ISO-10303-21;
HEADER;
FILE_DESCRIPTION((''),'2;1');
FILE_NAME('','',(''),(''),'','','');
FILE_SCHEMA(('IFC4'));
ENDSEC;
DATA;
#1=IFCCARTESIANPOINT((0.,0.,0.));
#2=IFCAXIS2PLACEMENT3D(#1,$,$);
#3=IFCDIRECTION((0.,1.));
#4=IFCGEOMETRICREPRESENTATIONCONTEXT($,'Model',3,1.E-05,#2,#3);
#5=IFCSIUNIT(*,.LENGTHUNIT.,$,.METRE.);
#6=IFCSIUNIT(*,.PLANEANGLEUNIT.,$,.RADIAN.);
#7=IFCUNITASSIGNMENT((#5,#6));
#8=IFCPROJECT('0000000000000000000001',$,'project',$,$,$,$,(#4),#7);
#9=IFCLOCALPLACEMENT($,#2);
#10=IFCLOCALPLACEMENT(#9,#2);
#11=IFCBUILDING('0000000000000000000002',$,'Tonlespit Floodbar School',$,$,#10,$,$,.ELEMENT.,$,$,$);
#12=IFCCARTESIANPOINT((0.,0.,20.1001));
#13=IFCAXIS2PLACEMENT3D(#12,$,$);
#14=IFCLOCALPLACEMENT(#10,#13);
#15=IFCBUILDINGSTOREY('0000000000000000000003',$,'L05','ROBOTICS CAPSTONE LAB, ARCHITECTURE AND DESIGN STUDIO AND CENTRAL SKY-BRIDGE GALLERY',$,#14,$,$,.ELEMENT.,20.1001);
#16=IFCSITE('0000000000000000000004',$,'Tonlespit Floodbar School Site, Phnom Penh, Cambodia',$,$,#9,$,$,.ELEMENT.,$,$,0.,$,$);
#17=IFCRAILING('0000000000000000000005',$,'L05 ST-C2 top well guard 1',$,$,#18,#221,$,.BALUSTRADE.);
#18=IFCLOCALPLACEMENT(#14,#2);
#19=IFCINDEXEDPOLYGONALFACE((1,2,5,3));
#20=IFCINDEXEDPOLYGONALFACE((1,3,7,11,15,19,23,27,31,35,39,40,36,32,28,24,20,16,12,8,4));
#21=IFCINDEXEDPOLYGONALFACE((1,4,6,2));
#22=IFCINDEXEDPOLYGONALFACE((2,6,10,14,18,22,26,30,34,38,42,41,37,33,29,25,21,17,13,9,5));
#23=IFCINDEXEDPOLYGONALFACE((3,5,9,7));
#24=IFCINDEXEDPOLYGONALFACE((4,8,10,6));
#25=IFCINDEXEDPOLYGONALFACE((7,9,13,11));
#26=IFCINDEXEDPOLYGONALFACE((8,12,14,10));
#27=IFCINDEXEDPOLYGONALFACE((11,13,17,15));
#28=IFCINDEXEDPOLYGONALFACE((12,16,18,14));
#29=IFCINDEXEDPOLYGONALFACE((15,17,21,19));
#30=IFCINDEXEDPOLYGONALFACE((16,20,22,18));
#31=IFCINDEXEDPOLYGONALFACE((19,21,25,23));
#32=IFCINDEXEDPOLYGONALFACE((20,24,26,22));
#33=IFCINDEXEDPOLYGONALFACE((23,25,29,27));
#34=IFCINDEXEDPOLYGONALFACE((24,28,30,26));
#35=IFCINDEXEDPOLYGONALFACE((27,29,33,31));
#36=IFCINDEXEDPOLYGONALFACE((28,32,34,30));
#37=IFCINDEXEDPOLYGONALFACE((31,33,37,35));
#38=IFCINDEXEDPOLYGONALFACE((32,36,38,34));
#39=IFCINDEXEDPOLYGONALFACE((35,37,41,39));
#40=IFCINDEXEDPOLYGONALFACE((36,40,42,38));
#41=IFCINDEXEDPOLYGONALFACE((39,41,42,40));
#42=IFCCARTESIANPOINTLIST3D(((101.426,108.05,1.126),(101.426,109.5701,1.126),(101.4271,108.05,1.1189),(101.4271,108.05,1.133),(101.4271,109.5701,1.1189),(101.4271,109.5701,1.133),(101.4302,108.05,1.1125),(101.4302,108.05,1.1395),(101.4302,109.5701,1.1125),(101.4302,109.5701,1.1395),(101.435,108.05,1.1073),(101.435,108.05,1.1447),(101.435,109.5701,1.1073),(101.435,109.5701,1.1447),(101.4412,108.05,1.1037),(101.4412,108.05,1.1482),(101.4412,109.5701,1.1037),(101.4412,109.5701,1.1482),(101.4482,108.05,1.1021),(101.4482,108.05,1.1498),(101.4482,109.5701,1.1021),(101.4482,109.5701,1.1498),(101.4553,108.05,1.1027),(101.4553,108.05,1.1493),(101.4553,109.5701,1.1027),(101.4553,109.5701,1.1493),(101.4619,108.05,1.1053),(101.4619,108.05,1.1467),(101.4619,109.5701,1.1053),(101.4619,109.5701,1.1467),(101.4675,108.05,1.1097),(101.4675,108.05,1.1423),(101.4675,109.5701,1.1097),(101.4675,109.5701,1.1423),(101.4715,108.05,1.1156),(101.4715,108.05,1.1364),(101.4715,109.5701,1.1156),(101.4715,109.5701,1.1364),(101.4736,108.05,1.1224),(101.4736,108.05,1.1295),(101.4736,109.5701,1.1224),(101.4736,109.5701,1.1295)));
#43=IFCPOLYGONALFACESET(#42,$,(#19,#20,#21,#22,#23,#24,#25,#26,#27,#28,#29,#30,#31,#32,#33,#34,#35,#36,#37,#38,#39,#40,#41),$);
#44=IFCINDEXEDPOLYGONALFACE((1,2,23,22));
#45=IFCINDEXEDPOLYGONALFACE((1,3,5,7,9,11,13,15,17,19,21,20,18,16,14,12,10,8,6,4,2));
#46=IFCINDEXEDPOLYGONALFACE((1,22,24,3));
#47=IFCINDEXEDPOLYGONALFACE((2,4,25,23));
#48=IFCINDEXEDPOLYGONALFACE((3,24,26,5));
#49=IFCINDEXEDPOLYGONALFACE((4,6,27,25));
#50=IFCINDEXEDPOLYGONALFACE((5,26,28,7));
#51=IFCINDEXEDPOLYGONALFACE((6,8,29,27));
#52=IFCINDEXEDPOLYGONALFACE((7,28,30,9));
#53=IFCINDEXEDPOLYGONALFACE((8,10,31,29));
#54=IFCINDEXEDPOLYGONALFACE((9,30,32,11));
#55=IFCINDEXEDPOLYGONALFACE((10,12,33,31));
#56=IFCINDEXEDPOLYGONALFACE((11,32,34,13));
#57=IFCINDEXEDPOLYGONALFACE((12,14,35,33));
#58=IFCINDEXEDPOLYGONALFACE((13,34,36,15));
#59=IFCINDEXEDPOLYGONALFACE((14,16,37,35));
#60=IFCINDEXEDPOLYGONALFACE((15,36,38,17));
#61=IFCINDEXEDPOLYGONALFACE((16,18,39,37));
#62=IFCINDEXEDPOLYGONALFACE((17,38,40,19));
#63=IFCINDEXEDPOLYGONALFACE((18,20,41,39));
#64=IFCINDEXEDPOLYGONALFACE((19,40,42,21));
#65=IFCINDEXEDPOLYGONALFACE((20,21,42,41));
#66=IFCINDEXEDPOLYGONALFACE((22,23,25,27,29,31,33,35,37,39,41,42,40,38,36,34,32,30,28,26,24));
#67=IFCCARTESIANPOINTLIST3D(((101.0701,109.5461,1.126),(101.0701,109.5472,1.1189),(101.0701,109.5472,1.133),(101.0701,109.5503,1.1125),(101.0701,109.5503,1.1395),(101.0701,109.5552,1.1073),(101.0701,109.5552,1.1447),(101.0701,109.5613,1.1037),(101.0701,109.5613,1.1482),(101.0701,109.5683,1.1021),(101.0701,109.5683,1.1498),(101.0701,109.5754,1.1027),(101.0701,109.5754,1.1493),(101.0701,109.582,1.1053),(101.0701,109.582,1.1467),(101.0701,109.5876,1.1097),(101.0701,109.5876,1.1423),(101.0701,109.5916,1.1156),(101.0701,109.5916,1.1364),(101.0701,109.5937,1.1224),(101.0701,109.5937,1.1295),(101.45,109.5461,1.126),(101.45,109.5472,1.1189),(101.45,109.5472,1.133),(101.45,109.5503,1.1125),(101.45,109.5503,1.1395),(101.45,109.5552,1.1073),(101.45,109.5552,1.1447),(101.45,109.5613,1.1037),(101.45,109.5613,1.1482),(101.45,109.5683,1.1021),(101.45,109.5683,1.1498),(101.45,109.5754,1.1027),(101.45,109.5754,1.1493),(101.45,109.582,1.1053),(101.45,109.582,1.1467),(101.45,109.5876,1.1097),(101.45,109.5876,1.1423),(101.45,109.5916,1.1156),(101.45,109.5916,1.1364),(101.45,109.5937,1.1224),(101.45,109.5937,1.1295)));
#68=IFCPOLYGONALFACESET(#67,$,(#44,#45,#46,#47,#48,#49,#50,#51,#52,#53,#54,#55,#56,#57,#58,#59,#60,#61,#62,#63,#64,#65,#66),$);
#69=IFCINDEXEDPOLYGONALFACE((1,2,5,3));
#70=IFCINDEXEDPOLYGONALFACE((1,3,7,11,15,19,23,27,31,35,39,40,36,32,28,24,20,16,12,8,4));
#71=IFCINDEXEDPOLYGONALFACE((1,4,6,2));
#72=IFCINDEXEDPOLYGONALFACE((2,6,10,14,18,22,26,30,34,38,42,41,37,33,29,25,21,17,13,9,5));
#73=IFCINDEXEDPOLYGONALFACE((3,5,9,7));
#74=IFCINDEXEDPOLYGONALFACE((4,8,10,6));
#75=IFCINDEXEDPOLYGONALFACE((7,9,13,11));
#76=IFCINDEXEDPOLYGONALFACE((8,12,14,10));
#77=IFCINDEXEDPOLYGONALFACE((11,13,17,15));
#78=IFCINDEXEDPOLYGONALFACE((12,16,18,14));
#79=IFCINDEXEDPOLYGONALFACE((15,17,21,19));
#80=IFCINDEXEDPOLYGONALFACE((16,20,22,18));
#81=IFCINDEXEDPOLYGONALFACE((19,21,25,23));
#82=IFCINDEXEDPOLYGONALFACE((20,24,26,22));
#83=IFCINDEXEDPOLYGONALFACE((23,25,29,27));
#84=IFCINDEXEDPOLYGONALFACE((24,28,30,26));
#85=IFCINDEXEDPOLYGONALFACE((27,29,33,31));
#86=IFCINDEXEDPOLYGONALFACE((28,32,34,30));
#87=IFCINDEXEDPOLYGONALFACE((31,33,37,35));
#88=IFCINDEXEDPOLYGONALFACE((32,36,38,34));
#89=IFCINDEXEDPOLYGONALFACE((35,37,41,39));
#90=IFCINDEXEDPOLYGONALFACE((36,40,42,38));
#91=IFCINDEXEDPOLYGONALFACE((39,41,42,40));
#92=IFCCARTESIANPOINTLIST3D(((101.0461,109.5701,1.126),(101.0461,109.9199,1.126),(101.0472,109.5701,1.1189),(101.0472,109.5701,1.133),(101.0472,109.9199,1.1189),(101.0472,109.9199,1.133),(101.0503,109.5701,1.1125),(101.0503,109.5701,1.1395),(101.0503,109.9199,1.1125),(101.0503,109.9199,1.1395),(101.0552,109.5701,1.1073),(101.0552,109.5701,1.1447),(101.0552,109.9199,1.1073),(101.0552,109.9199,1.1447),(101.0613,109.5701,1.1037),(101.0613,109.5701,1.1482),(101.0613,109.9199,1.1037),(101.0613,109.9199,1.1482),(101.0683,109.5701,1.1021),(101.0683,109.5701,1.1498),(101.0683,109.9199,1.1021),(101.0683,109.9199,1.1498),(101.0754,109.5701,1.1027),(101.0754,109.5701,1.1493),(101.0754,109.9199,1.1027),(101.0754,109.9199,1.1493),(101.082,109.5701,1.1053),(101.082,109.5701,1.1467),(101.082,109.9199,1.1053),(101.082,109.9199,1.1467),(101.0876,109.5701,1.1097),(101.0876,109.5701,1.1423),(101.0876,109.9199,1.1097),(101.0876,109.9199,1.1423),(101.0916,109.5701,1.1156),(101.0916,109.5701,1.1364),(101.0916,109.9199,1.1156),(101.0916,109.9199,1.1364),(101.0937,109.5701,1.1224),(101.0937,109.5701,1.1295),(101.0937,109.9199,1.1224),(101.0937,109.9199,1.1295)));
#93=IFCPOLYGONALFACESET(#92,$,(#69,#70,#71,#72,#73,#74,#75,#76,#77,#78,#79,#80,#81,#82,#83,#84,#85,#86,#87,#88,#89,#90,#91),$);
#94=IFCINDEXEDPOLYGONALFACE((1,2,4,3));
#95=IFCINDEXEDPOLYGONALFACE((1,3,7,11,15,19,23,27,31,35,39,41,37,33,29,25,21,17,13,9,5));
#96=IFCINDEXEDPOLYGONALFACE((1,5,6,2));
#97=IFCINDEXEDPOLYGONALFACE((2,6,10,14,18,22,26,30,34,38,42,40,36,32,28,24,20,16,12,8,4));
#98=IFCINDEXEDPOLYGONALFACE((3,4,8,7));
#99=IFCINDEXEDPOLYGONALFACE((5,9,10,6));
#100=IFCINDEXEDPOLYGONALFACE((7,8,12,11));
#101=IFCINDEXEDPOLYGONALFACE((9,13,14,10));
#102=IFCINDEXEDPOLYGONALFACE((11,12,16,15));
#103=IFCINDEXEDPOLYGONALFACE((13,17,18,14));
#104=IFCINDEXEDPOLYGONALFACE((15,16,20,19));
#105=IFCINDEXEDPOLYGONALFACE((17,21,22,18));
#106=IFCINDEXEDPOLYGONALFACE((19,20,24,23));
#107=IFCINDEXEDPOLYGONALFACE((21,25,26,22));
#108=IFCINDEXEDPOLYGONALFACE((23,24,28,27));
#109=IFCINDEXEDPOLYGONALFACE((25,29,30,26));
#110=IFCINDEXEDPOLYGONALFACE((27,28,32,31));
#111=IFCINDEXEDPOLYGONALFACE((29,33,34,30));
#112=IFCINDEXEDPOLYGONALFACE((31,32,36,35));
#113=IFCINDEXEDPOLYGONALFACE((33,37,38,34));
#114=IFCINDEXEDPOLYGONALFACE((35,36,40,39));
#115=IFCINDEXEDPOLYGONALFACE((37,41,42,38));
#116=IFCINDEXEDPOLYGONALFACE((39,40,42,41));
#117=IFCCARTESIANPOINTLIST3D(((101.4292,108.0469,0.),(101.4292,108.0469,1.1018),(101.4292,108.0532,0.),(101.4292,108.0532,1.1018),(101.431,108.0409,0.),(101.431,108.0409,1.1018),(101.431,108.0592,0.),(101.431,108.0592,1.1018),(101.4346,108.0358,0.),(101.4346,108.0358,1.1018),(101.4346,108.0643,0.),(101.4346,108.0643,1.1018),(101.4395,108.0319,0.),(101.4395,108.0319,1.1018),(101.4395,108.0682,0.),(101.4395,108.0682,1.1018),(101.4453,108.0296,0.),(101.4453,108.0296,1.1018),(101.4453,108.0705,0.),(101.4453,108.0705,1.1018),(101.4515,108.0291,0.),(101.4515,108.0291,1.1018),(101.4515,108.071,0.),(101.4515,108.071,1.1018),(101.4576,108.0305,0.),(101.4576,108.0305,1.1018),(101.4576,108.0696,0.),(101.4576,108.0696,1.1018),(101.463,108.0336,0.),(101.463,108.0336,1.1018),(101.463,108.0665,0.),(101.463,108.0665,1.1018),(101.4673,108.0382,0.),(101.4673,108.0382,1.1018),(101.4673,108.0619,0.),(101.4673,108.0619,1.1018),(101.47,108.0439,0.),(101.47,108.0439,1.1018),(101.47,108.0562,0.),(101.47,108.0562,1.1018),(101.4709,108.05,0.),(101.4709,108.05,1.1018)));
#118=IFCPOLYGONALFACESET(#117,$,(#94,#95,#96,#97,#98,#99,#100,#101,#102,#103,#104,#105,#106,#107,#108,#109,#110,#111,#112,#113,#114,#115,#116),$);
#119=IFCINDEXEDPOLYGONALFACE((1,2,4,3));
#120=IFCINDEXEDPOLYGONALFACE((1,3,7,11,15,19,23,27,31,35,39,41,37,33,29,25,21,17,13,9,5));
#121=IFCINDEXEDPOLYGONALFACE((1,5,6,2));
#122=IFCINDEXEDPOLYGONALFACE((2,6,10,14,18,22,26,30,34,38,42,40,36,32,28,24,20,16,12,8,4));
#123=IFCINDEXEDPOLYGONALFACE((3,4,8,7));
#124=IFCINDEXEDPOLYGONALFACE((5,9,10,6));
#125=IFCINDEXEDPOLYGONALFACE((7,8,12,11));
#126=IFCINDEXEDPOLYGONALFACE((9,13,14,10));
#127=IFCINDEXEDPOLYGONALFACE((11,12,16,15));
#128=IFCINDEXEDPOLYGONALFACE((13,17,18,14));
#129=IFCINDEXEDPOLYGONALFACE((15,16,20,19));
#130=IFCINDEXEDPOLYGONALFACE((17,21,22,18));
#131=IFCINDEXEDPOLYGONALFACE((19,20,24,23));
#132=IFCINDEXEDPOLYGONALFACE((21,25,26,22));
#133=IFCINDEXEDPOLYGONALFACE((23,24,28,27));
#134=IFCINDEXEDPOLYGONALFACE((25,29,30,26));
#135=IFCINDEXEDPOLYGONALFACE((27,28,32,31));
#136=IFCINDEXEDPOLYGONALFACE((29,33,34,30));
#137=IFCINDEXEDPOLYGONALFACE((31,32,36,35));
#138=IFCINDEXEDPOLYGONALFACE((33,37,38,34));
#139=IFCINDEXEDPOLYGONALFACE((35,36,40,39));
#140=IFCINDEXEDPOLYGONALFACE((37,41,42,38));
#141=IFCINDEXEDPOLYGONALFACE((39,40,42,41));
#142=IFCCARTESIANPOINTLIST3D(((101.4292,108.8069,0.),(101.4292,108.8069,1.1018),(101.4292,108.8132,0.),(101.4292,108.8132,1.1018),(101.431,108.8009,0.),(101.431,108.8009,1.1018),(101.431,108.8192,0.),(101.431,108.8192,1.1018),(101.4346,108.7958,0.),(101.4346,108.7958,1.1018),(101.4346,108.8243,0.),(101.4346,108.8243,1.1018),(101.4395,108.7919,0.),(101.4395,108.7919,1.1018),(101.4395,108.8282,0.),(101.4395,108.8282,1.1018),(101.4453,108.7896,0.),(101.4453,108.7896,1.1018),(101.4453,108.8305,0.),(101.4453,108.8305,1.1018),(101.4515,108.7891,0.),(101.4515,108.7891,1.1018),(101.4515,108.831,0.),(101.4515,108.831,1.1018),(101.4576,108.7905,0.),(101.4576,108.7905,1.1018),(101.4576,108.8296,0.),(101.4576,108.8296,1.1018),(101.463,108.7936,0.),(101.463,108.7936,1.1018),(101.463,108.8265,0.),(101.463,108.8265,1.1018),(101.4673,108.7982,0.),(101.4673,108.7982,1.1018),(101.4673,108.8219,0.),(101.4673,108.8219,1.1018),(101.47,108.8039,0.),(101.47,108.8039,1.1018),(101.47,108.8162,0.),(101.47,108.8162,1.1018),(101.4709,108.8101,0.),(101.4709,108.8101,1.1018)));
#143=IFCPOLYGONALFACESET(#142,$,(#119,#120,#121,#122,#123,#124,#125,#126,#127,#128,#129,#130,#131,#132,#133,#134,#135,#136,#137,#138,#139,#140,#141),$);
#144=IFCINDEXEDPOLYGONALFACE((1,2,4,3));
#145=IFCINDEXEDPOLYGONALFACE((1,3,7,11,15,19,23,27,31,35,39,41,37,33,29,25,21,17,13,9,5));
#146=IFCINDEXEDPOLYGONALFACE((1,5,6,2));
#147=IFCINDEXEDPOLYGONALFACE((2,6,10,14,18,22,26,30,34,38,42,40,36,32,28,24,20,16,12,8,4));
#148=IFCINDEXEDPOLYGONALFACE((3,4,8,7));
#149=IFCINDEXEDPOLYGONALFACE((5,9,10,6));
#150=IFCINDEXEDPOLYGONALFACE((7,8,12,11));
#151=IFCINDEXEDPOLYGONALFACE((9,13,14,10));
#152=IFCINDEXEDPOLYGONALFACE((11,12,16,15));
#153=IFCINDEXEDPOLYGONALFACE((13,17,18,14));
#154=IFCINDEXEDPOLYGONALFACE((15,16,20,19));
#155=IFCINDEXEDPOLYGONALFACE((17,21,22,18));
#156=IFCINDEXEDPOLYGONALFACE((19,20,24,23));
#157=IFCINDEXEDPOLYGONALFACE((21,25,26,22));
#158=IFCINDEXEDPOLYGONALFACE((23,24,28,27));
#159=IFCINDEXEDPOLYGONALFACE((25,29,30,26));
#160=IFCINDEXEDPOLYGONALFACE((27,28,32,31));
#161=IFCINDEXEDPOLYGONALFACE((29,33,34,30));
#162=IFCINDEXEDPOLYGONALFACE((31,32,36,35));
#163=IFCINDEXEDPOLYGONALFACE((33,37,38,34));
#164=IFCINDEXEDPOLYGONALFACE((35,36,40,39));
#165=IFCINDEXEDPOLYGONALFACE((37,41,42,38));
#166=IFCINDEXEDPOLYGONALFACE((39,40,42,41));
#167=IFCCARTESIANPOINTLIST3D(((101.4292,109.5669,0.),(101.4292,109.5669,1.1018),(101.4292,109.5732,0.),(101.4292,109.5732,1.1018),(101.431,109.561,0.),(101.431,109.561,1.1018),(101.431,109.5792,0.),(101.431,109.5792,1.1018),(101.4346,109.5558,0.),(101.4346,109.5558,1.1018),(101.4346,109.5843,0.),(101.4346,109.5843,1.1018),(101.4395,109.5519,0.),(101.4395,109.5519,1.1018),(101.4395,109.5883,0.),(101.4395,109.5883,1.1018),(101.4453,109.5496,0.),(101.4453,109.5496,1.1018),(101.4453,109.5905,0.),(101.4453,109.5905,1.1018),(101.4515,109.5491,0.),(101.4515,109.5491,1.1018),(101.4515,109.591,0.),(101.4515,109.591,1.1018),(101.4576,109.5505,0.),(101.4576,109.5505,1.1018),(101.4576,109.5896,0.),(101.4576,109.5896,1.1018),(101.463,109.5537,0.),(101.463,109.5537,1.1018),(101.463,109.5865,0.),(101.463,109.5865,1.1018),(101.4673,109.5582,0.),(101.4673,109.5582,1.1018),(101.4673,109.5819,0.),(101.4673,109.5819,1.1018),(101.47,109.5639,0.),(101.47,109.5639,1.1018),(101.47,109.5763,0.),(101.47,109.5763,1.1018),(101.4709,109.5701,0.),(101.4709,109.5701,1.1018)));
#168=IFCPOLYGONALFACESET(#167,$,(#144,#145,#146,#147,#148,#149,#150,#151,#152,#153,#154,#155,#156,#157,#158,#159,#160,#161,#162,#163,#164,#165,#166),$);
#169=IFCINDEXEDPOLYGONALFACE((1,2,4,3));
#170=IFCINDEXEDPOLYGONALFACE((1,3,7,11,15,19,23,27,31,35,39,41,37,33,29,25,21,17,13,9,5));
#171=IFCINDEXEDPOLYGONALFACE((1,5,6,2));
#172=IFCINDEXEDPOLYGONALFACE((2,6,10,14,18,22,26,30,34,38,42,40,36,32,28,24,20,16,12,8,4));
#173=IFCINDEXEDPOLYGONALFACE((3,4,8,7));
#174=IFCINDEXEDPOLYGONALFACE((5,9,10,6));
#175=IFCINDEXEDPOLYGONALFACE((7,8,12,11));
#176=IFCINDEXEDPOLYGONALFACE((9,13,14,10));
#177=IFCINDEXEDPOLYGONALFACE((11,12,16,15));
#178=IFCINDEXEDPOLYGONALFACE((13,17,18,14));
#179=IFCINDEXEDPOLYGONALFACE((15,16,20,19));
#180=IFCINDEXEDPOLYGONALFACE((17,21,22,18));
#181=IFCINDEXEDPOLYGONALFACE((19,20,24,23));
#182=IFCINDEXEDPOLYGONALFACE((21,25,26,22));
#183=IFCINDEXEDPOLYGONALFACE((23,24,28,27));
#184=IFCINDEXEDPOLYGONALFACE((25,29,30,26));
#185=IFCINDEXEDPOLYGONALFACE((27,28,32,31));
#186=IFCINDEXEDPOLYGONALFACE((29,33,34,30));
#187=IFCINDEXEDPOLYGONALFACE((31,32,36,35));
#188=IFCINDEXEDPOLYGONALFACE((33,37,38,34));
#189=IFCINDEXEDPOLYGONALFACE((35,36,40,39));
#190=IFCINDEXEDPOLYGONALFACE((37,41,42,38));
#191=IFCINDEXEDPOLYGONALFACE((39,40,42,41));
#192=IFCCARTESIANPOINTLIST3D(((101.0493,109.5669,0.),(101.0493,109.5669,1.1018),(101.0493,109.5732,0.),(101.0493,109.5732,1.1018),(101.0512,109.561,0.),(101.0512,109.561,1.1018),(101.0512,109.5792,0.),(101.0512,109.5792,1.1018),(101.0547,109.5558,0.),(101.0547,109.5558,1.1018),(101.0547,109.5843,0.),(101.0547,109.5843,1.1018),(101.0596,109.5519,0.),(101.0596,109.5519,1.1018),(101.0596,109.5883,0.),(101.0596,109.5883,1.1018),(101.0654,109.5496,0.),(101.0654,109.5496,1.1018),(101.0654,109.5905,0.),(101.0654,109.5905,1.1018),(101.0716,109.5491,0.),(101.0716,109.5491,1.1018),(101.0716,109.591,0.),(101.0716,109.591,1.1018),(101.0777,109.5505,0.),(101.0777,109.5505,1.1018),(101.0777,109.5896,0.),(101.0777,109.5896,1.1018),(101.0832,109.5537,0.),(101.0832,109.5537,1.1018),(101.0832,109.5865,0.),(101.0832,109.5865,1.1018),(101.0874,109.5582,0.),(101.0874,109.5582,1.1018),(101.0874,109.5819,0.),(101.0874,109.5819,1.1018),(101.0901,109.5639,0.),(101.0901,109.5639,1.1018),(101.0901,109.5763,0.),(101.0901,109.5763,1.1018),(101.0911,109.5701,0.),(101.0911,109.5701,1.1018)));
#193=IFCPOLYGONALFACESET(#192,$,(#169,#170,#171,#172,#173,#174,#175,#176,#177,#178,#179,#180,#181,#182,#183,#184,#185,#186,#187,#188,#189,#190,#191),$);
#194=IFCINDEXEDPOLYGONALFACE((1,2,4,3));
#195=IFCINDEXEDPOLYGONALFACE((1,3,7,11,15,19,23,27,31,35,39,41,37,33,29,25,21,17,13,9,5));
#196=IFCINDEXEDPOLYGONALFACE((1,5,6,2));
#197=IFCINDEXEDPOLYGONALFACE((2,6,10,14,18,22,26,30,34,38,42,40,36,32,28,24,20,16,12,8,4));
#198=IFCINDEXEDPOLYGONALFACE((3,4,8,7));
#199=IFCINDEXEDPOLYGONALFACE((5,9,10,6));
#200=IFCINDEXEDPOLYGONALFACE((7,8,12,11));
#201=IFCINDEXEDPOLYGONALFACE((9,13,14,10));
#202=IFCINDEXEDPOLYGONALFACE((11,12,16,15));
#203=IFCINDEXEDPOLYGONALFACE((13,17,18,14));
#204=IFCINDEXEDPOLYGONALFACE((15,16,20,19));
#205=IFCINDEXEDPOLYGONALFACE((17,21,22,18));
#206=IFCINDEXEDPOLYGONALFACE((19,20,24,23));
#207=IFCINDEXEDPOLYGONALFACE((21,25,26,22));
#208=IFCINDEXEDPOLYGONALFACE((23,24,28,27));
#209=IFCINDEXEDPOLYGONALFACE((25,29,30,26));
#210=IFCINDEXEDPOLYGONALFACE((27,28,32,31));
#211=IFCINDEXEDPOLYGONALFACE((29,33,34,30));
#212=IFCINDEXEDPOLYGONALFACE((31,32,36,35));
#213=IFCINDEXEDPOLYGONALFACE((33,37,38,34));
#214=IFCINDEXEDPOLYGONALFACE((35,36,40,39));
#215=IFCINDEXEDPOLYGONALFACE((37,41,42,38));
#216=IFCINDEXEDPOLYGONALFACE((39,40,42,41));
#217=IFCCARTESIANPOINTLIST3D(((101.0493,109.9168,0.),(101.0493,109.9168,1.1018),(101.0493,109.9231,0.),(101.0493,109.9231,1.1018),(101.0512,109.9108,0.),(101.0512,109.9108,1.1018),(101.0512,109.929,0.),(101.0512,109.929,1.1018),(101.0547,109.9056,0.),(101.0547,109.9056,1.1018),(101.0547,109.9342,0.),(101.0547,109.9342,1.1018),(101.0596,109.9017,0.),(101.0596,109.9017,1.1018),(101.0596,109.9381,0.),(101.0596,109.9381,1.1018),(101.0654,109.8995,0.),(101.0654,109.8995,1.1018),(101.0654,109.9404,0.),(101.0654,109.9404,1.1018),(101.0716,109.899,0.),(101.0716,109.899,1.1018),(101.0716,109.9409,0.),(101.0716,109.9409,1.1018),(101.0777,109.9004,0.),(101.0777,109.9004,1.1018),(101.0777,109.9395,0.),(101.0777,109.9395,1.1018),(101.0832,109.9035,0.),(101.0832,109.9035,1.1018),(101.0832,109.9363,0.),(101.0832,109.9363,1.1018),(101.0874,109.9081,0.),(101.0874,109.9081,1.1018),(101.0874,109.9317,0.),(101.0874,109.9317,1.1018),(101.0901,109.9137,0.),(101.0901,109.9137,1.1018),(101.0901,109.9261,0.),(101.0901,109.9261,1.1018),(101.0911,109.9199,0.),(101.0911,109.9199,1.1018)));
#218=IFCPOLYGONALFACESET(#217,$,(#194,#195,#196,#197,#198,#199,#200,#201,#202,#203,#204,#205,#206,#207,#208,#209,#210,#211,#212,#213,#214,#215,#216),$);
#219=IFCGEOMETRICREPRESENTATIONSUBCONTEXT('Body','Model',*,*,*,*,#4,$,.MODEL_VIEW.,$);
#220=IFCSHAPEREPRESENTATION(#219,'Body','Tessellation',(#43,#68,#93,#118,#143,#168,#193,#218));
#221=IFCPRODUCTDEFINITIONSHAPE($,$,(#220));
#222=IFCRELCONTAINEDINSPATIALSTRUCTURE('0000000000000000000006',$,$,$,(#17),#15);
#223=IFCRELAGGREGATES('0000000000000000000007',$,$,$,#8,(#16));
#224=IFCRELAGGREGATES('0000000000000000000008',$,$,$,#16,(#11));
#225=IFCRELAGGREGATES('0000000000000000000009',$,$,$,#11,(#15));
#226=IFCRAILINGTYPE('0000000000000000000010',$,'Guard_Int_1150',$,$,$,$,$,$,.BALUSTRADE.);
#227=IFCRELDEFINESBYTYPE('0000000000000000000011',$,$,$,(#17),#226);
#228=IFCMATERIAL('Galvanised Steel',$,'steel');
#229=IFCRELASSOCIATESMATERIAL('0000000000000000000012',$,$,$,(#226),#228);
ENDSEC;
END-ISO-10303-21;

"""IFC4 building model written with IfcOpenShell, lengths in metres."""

from ifc_helpers import new_model, si_unit, direction, frame, origin, origin_2d, place, context, subcontext, project, spatial, circle, extrude, material, type_object, element, save


model = new_model("IFC4")

# Units and contexts
model_context = context("Model", 3, precision=1e-05, world=origin(), true_north=direction((0.0, 1.0)))
body_context = subcontext(model_context, "Body", "Model", "MODEL_VIEW")
ifc_project = project(units=[si_unit("LENGTHUNIT", "METRE"), si_unit("PLANEANGLEUNIT", "RADIAN")], contexts=[model_context])

# Site, building, storey
site_placement = place(None, origin())
site = spatial("IfcSite", under=ifc_project, at=site_placement, Name="Tonlespit Floodbar School Site, Phnom Penh, Cambodia", CompositionType="ELEMENT", RefElevation=0.0)
building_placement = place(site_placement, origin())
building = spatial("IfcBuilding", under=site, at=building_placement, Name="Tonlespit Floodbar School", CompositionType="ELEMENT")
storey_placement = place(building_placement, frame((0.0, 0.0, 20.1001)))
storey = spatial("IfcBuildingStorey", under=building, at=storey_placement, Name="L05", Description="ROBOTICS CAPSTONE LAB, ARCHITECTURE AND DESIGN STUDIO AND CENTRAL SKY-BRIDGE GALLERY", CompositionType="ELEMENT", Elevation=20.1001)

# Shared definitions
ifc_material_1 = material(Name="Galvanised Steel", Category="steel")

# Railing
railing_type = type_object("IfcRailingType", Name="Guard_Int_1150", PredefinedType="BALUSTRADE", material=ifc_material_1)
railing_placement = place(storey_placement, frame((101.45, 108.05, 0.0)))
element("IfcRailing", 1, at=railing_placement, inside=storey, type_object=railing_type, Name="L05 ST-C2 top well guard 1", PredefinedType="BALUSTRADE", context=body_context, shape_type="SweptSolid", body=[
    extrude(circle(Radius=0.0239, at=origin_2d()), frame((0.0, 0.0, 1.126), z_axis=(0.0, 1.0, 0.0), x_axis=(-1.0, 0.0, 0.0)), (0.0, 0.0, 1.0), 1.52),
    extrude(circle(Radius=0.0239, at=origin_2d()), frame((0.0, 1.52, 1.126), z_axis=(-1.0, 0.0, 0.0), x_axis=(0.0, -1.0, 0.0)), (0.0, 0.0, 1.0), 0.3799),
    extrude(circle(Radius=0.0239, at=origin_2d()), frame((-0.3799, 1.52, 1.126), z_axis=(0.0, 1.0, 0.0), x_axis=(-1.0, 0.0, 0.0)), (0.0, 0.0, 1.0), 0.3499),
    extrude(circle(Radius=0.021, at=origin_2d()), origin(), (0.0, 0.0, 1.0), 1.1018),
    extrude(circle(Radius=0.021, at=origin_2d()), frame((0.0, 0.76, 0.0)), (0.0, 0.0, 1.0), 1.1018),
    extrude(circle(Radius=0.021, at=origin_2d()), frame((0.0, 1.52, 0.0)), (0.0, 0.0, 1.0), 1.1018),
    extrude(circle(Radius=0.021, at=origin_2d()), frame((-0.3799, 1.52, 0.0)), (0.0, 0.0, 1.0), 1.1018),
    extrude(circle(Radius=0.021, at=origin_2d()), frame((-0.3799, 1.8699, 0.0)), (0.0, 0.0, 1.0), 1.1018),
])

save(model, "model.ifc")
